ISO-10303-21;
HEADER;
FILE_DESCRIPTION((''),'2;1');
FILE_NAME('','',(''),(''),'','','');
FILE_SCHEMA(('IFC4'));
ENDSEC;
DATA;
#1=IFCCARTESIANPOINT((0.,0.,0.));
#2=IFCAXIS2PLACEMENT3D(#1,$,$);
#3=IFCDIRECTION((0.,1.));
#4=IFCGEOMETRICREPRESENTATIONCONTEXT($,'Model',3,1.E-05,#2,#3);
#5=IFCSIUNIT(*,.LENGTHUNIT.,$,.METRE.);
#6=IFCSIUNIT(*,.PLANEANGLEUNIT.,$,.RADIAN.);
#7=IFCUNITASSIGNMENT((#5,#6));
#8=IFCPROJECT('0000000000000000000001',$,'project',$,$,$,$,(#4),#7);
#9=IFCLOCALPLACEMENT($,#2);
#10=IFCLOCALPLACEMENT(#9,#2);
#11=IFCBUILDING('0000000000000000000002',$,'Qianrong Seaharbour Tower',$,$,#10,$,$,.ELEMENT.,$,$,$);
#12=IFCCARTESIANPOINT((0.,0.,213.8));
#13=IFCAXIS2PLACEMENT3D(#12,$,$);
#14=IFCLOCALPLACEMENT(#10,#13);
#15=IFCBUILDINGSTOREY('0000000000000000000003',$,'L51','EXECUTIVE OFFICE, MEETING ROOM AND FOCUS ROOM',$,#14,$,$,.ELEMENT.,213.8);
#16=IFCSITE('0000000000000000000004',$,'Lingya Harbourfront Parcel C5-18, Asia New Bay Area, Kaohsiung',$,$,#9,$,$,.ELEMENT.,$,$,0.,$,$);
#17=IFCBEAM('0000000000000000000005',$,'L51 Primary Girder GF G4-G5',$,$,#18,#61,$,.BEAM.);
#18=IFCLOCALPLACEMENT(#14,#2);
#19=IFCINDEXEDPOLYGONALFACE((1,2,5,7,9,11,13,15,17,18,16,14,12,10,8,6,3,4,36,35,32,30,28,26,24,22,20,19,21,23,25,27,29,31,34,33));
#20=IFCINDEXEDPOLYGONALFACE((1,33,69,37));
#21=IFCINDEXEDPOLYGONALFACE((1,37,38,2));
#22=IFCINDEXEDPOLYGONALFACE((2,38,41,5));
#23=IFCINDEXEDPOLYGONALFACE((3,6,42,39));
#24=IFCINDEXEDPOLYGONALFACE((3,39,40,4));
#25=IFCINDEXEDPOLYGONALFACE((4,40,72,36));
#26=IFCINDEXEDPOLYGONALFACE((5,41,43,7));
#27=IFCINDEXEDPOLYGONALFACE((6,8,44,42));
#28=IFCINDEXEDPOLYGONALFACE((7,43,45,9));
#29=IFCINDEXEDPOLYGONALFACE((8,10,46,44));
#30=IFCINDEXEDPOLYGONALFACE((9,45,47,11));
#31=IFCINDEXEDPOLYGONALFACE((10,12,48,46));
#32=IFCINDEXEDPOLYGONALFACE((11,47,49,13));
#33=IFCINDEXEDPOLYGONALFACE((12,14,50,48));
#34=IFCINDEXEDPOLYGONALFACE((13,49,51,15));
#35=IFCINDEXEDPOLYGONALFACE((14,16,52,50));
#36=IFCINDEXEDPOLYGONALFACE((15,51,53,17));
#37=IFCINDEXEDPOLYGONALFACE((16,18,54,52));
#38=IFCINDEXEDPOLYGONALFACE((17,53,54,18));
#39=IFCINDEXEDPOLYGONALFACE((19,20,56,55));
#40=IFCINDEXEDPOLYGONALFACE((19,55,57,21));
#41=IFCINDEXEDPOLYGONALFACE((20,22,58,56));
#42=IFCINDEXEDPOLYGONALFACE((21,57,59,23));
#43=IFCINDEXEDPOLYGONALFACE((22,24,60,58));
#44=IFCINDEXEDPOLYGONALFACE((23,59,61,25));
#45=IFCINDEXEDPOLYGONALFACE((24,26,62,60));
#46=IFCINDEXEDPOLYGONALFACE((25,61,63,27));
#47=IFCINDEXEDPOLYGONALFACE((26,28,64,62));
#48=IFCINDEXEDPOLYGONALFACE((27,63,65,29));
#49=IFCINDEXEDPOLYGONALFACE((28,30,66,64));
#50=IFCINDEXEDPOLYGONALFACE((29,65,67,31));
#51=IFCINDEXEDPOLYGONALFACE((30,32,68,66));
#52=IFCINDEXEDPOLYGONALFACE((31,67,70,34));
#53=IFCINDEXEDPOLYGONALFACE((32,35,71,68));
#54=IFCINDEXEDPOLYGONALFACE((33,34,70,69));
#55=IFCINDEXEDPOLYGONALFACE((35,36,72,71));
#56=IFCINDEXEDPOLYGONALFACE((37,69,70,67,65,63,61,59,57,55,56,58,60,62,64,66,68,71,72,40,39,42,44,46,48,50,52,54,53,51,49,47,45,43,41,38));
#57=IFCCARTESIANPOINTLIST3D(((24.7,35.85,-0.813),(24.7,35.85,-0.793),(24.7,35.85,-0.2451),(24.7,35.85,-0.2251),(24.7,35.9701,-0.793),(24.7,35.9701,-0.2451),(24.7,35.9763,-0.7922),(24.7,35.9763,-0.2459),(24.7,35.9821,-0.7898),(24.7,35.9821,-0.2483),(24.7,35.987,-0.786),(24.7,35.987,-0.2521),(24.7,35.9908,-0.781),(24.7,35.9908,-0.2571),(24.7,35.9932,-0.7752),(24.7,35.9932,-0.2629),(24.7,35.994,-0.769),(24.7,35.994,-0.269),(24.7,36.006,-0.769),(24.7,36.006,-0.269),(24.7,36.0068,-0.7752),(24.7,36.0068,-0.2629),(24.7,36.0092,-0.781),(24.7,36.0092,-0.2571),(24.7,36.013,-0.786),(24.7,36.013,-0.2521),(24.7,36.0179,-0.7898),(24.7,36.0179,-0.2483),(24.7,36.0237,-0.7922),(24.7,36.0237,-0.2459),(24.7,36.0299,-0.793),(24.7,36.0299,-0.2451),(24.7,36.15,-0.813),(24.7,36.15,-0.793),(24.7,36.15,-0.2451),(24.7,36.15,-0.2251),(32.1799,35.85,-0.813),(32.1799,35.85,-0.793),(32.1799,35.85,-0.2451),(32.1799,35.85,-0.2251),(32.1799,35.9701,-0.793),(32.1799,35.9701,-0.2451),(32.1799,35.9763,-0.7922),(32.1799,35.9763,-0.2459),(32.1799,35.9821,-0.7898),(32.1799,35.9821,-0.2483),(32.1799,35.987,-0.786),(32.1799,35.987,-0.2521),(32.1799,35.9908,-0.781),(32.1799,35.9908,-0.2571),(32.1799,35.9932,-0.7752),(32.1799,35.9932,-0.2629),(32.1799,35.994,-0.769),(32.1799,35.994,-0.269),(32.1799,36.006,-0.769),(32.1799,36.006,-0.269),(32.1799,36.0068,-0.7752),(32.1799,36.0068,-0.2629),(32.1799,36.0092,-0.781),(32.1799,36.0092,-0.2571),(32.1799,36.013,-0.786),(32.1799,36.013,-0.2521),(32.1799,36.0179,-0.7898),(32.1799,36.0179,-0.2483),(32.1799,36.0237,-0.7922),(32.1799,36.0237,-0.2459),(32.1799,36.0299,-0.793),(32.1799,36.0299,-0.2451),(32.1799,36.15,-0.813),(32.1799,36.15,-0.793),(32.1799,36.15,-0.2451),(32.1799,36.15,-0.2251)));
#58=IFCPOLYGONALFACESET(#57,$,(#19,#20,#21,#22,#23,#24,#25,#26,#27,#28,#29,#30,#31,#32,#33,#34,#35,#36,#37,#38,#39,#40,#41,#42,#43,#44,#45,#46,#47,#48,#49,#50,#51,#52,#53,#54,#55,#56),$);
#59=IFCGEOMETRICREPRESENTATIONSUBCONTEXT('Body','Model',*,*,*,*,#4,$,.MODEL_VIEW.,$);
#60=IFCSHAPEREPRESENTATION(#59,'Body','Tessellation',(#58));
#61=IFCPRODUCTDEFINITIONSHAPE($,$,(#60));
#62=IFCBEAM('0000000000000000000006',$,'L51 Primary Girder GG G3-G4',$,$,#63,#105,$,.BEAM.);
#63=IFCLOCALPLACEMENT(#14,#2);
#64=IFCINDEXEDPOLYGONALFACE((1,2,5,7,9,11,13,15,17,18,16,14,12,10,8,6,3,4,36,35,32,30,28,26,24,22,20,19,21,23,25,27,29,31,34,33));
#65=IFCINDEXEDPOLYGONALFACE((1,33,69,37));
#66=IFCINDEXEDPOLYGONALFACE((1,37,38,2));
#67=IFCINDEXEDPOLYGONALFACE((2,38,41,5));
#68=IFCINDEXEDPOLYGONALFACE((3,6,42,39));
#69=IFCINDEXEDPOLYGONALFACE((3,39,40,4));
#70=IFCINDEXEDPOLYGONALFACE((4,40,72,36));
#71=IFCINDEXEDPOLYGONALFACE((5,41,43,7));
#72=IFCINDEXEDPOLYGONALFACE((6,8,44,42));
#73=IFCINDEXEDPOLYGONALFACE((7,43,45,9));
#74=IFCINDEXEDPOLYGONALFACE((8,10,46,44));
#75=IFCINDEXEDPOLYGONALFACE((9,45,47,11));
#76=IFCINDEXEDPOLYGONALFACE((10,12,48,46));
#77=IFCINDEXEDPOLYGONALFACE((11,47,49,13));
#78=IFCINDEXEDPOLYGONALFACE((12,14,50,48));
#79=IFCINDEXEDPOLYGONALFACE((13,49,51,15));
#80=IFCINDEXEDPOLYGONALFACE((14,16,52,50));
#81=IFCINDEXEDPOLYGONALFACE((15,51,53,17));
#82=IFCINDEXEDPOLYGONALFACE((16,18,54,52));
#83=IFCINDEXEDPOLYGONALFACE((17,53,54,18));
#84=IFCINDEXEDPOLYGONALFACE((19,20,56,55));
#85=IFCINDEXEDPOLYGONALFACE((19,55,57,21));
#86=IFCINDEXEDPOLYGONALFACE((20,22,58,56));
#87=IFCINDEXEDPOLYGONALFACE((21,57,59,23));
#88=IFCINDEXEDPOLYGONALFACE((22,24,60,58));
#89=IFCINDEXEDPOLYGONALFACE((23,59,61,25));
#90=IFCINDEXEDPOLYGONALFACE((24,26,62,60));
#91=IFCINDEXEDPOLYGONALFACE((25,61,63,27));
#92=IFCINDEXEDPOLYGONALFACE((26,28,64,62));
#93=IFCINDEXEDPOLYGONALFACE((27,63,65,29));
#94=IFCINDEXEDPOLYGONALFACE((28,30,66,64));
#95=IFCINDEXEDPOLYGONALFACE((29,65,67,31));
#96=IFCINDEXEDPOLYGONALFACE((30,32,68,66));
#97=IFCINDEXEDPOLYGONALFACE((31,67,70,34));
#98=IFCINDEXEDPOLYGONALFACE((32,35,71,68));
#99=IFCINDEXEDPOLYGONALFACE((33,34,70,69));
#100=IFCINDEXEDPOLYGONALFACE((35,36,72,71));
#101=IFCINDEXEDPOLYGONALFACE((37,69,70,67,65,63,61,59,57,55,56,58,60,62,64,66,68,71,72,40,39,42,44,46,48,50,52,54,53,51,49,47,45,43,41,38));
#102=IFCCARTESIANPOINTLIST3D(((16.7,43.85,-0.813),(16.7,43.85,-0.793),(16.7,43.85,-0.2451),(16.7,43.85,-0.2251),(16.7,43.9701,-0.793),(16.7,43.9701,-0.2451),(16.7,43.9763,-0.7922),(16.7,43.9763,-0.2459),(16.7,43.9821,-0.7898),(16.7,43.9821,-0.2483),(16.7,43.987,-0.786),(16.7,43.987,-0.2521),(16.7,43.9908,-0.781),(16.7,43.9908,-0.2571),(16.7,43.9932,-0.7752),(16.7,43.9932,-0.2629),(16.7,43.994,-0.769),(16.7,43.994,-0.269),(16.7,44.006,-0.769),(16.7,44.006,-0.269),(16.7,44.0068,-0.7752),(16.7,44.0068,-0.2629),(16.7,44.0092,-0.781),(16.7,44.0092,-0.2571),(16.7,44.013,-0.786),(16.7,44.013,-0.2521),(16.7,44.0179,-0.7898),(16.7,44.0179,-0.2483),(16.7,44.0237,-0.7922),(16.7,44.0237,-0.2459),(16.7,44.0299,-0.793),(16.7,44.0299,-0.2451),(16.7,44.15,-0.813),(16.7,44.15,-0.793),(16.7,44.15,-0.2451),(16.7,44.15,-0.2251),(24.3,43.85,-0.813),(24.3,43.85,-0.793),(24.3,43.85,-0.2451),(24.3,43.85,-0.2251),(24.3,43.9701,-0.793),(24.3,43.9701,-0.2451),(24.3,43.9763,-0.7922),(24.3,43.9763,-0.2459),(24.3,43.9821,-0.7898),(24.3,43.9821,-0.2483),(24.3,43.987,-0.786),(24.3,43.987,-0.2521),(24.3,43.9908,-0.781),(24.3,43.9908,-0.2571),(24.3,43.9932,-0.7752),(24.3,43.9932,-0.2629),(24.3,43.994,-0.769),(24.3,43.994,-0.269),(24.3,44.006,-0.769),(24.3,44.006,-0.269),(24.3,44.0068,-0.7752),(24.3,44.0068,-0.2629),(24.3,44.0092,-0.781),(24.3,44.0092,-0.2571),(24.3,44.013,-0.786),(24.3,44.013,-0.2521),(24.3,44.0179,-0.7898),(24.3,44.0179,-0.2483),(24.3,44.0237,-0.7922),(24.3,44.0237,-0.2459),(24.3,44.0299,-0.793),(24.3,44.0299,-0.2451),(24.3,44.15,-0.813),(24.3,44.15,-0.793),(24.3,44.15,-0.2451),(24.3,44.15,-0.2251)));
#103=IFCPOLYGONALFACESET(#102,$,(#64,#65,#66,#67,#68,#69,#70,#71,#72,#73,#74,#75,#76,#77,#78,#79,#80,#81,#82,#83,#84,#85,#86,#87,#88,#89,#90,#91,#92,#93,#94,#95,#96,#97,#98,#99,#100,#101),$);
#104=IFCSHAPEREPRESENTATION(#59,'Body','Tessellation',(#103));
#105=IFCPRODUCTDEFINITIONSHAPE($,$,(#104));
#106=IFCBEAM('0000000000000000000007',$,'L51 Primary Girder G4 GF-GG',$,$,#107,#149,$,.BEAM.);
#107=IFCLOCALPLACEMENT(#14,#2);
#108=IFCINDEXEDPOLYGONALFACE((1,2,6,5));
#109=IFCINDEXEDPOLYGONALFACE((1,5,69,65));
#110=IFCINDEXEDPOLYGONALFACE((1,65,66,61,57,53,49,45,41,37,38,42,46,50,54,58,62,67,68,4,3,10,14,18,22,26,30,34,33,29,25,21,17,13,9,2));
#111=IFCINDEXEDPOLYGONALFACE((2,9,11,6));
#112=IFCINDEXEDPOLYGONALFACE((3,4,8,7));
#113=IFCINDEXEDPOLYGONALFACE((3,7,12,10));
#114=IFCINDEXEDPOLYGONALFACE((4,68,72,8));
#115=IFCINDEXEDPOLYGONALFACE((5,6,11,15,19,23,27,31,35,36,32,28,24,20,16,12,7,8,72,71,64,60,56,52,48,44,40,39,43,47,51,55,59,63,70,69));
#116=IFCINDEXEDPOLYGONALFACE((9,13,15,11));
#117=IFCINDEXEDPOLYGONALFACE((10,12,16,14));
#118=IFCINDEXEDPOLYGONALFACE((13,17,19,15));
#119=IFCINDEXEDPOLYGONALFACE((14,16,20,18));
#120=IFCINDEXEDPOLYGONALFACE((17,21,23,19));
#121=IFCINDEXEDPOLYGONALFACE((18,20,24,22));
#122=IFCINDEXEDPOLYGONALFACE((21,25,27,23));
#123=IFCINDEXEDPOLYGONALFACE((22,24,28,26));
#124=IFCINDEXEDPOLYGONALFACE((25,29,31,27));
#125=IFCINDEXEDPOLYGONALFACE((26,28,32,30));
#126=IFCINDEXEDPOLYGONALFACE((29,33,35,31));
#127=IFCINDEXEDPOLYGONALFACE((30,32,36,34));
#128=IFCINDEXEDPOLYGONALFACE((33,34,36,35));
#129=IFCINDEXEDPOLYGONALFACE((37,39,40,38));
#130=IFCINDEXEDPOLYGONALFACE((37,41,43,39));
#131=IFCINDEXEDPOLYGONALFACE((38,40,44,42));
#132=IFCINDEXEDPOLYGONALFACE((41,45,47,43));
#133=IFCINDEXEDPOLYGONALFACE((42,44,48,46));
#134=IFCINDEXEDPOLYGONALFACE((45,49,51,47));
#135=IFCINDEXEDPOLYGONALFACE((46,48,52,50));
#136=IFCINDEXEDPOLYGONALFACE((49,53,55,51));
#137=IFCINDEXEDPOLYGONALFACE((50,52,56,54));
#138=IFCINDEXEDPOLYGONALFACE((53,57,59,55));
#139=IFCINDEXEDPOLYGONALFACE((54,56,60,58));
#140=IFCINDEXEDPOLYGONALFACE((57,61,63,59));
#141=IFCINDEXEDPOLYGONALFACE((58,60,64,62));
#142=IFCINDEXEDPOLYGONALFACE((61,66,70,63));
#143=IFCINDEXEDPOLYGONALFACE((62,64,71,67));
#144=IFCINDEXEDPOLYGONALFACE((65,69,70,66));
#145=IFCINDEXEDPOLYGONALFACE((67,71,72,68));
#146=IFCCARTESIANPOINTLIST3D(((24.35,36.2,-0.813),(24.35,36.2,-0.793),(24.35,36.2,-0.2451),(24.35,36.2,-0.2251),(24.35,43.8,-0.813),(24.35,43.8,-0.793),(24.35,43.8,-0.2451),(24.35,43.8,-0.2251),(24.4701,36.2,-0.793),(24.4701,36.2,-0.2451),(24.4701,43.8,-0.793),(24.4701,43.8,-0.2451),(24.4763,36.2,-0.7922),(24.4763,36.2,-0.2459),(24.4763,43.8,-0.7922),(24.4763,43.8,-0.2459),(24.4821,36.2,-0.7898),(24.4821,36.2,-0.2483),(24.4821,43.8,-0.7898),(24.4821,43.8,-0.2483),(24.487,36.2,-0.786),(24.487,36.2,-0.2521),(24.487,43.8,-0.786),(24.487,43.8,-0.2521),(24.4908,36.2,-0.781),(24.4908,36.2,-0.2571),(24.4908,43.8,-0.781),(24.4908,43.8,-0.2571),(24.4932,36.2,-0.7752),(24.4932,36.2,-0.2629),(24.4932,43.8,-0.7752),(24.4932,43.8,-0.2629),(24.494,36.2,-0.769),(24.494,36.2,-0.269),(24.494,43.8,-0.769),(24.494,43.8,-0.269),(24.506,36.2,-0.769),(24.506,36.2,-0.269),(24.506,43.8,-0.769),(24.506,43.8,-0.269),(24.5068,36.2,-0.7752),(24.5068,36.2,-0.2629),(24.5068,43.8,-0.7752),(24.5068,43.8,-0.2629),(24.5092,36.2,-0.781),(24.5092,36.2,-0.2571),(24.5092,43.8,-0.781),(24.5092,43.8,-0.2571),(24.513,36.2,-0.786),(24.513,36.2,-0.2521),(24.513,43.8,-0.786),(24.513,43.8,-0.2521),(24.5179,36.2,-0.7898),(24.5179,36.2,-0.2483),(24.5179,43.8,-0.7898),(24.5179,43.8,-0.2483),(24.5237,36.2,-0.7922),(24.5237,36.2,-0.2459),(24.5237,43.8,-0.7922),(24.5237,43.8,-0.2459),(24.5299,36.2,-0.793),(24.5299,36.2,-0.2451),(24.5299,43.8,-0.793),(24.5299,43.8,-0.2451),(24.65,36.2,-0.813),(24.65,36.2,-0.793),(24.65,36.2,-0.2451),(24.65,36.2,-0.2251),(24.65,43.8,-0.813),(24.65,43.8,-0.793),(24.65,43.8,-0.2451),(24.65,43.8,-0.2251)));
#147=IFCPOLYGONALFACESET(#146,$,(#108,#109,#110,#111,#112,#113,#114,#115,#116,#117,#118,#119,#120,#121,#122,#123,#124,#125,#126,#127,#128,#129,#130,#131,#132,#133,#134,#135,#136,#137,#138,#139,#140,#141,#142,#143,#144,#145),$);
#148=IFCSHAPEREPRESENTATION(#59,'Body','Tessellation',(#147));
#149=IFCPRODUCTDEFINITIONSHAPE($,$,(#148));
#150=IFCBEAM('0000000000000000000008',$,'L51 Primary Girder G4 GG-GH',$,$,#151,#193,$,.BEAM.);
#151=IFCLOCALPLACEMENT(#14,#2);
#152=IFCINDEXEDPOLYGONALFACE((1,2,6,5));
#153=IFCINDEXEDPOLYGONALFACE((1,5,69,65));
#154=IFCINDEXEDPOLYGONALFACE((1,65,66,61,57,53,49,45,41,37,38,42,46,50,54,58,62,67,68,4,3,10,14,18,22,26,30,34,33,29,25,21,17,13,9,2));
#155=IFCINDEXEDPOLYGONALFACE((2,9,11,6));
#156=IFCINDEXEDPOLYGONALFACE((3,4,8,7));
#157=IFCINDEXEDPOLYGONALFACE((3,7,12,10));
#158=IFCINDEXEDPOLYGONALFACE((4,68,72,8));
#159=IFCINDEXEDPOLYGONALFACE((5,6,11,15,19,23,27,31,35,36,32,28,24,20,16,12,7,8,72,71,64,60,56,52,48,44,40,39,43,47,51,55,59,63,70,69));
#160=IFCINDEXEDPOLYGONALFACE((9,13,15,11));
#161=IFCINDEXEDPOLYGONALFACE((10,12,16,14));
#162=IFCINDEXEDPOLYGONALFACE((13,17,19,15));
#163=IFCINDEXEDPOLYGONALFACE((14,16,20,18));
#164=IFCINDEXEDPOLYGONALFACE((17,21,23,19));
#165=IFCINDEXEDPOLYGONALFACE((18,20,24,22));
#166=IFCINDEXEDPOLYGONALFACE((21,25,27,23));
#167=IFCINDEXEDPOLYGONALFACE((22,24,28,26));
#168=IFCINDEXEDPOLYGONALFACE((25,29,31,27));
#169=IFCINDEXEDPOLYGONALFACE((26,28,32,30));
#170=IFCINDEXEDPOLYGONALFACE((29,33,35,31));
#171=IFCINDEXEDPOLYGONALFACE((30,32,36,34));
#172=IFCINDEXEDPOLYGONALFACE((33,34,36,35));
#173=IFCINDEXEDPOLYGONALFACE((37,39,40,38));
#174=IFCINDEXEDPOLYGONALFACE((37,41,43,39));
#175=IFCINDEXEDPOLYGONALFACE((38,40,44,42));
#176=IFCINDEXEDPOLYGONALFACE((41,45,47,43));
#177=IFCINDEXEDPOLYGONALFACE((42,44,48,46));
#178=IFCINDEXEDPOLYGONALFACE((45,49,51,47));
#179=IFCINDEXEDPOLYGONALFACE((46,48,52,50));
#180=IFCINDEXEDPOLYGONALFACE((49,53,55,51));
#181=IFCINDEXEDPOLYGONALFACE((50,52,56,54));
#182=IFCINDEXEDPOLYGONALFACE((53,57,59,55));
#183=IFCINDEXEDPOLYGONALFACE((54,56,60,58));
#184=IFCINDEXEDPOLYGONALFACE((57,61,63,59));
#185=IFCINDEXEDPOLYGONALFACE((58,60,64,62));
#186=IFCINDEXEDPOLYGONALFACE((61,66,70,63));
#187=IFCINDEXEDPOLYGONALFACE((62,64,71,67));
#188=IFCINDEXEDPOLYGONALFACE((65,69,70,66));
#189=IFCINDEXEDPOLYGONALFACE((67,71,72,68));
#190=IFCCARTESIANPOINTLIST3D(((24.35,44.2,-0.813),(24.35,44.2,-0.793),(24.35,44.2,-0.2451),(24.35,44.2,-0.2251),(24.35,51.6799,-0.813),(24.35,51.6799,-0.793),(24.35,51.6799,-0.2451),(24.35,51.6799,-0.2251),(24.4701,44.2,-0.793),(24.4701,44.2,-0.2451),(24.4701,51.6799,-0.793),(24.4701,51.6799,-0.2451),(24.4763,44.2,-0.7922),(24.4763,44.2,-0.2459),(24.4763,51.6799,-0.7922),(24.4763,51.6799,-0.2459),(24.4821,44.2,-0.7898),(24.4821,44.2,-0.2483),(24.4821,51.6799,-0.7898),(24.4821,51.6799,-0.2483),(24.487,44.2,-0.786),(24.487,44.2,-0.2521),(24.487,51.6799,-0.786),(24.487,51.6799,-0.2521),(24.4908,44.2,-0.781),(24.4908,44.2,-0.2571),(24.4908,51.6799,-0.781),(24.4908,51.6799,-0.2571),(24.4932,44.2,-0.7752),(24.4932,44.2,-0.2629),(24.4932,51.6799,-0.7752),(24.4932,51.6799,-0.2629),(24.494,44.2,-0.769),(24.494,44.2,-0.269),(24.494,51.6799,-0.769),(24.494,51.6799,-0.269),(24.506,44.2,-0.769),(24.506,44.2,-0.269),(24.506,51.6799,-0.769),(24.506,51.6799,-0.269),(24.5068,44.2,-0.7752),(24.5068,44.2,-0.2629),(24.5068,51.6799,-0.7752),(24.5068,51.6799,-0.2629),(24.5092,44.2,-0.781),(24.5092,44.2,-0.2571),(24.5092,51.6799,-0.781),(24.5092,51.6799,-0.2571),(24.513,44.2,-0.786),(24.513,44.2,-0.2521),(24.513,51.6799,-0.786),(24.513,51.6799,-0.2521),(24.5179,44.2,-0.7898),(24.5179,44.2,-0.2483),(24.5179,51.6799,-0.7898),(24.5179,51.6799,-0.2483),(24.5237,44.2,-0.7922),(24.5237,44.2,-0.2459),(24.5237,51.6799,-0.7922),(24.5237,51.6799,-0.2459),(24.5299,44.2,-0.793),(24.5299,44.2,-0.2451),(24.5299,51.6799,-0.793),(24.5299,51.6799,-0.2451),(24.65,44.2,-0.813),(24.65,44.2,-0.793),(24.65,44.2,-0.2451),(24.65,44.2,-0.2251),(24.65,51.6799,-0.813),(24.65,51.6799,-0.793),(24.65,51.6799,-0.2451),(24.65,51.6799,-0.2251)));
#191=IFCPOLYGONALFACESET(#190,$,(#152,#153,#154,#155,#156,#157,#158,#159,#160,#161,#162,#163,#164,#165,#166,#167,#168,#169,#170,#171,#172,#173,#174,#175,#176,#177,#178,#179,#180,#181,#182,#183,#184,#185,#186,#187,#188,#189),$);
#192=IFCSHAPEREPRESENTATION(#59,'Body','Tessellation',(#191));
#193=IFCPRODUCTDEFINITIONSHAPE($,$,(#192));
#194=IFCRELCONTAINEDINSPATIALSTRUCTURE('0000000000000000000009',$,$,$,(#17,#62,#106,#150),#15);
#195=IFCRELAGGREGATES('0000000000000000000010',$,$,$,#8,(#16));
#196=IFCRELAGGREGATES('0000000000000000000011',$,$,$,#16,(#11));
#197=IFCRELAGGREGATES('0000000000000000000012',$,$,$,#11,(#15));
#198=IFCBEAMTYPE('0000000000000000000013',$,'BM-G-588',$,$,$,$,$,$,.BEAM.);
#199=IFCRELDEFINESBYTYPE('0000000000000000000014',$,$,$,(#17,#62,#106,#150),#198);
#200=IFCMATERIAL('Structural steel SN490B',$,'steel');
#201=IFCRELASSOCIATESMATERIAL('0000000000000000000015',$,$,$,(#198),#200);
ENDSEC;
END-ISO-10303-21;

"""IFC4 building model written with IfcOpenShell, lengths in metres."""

from ifc_helpers import new_model, si_unit, direction, frame, origin, origin_2d, place, context, subcontext, project, spatial, i_section, extrude, material, material_profile, profile_set, type_object, element, save


model = new_model("IFC4")

# Units and contexts
model_context = context("Model", 3, precision=1e-05, world=origin(), true_north=direction((0.0, 1.0)))
body_context = subcontext(model_context, "Body", "Model", "MODEL_VIEW")
ifc_project = project(units=[si_unit("LENGTHUNIT", "METRE"), si_unit("PLANEANGLEUNIT", "RADIAN")], contexts=[model_context])

# Site, building, storey
site_placement = place(None, origin())
site = spatial("IfcSite", under=ifc_project, at=site_placement, Name="Lingya Harbourfront Parcel C5-18, Asia New Bay Area, Kaohsiung", CompositionType="ELEMENT", RefElevation=0.0)
building_placement = place(site_placement, origin())
building = spatial("IfcBuilding", under=site, at=building_placement, Name="Qianrong Seaharbour Tower", CompositionType="ELEMENT")
storey_placement = place(building_placement, frame((0.0, 0.0, 213.8)))
storey = spatial("IfcBuildingStorey", under=building, at=storey_placement, Name="L51", Description="EXECUTIVE OFFICE, MEETING ROOM AND FOCUS ROOM", CompositionType="ELEMENT", Elevation=213.8)

# Shared definitions
ifc_material_1 = material(Name="Structural steel SN490B", Category="steel")

# Beams
ifc_material_profile_1 = material_profile(ifc_material_1, i_section(OverallWidth=0.3, OverallDepth=0.5879, WebThickness=0.012, FlangeThickness=0.02, FilletRadius=0.0239, at=origin_2d()), Name="H588x300x12x20")
ifc_profile_set_1 = profile_set([ifc_material_profile_1], Name="Structural steel SN490B")
beam_type_1 = type_object("IfcBeamType", Name="BM-G-588", PredefinedType="BEAM", material=ifc_profile_set_1)
beam_1_placement = place(storey_placement, frame((24.7, 36.0, -0.519), z_axis=(1.0, 0.0, 0.0), x_axis=(0.0, 1.0, 0.0)))
element("IfcBeam", 1, at=beam_1_placement, inside=storey, type_object=beam_type_1, Name="L51 Primary Girder GF G4-G5", PredefinedType="BEAM", context=body_context, shape_type="SweptSolid", body=[
    extrude(i_section(OverallWidth=0.3, OverallDepth=0.5879, WebThickness=0.012, FlangeThickness=0.02, FilletRadius=0.0239, at=origin_2d()), origin(), (0.0, 0.0, 1.0), 7.48),
])
for number, where, z_axis, x_axis, name in (
    (2, (16.7, 44.0, -0.519), (1.0, 0.0, 0.0), (0.0, 1.0, 0.0), "L51 Primary Girder GG G3-G4"),
    (3, (24.5, 36.2, -0.519), (0.0, 1.0, 0.0), (-1.0, 0.0, 0.0), "L51 Primary Girder G4 GF-GG"),
):
    element("IfcBeam", number, at=place(storey_placement, frame(where, z_axis=z_axis, x_axis=x_axis)), inside=storey, type_object=beam_type_1, Name=name, PredefinedType="BEAM", context=body_context, shape_type="SweptSolid", body=[
        extrude(i_section(OverallWidth=0.3, OverallDepth=0.5879, WebThickness=0.012, FlangeThickness=0.02, FilletRadius=0.0239, at=origin_2d()), origin(), (0.0, 0.0, 1.0), 7.6001),
    ])
beam_2_placement = place(storey_placement, frame((24.5, 44.2, -0.519), z_axis=(0.0, 1.0, 0.0), x_axis=(-1.0, 0.0, 0.0)))
element("IfcBeam", 4, at=beam_2_placement, inside=storey, type_object=beam_type_1, Name="L51 Primary Girder G4 GG-GH", PredefinedType="BEAM", context=body_context, shape_type="SweptSolid", body=[
    extrude(i_section(OverallWidth=0.3, OverallDepth=0.5879, WebThickness=0.012, FlangeThickness=0.02, FilletRadius=0.0239, at=origin_2d()), origin(), (0.0, 0.0, 1.0), 7.48),
])

save(model, "model.ifc")
